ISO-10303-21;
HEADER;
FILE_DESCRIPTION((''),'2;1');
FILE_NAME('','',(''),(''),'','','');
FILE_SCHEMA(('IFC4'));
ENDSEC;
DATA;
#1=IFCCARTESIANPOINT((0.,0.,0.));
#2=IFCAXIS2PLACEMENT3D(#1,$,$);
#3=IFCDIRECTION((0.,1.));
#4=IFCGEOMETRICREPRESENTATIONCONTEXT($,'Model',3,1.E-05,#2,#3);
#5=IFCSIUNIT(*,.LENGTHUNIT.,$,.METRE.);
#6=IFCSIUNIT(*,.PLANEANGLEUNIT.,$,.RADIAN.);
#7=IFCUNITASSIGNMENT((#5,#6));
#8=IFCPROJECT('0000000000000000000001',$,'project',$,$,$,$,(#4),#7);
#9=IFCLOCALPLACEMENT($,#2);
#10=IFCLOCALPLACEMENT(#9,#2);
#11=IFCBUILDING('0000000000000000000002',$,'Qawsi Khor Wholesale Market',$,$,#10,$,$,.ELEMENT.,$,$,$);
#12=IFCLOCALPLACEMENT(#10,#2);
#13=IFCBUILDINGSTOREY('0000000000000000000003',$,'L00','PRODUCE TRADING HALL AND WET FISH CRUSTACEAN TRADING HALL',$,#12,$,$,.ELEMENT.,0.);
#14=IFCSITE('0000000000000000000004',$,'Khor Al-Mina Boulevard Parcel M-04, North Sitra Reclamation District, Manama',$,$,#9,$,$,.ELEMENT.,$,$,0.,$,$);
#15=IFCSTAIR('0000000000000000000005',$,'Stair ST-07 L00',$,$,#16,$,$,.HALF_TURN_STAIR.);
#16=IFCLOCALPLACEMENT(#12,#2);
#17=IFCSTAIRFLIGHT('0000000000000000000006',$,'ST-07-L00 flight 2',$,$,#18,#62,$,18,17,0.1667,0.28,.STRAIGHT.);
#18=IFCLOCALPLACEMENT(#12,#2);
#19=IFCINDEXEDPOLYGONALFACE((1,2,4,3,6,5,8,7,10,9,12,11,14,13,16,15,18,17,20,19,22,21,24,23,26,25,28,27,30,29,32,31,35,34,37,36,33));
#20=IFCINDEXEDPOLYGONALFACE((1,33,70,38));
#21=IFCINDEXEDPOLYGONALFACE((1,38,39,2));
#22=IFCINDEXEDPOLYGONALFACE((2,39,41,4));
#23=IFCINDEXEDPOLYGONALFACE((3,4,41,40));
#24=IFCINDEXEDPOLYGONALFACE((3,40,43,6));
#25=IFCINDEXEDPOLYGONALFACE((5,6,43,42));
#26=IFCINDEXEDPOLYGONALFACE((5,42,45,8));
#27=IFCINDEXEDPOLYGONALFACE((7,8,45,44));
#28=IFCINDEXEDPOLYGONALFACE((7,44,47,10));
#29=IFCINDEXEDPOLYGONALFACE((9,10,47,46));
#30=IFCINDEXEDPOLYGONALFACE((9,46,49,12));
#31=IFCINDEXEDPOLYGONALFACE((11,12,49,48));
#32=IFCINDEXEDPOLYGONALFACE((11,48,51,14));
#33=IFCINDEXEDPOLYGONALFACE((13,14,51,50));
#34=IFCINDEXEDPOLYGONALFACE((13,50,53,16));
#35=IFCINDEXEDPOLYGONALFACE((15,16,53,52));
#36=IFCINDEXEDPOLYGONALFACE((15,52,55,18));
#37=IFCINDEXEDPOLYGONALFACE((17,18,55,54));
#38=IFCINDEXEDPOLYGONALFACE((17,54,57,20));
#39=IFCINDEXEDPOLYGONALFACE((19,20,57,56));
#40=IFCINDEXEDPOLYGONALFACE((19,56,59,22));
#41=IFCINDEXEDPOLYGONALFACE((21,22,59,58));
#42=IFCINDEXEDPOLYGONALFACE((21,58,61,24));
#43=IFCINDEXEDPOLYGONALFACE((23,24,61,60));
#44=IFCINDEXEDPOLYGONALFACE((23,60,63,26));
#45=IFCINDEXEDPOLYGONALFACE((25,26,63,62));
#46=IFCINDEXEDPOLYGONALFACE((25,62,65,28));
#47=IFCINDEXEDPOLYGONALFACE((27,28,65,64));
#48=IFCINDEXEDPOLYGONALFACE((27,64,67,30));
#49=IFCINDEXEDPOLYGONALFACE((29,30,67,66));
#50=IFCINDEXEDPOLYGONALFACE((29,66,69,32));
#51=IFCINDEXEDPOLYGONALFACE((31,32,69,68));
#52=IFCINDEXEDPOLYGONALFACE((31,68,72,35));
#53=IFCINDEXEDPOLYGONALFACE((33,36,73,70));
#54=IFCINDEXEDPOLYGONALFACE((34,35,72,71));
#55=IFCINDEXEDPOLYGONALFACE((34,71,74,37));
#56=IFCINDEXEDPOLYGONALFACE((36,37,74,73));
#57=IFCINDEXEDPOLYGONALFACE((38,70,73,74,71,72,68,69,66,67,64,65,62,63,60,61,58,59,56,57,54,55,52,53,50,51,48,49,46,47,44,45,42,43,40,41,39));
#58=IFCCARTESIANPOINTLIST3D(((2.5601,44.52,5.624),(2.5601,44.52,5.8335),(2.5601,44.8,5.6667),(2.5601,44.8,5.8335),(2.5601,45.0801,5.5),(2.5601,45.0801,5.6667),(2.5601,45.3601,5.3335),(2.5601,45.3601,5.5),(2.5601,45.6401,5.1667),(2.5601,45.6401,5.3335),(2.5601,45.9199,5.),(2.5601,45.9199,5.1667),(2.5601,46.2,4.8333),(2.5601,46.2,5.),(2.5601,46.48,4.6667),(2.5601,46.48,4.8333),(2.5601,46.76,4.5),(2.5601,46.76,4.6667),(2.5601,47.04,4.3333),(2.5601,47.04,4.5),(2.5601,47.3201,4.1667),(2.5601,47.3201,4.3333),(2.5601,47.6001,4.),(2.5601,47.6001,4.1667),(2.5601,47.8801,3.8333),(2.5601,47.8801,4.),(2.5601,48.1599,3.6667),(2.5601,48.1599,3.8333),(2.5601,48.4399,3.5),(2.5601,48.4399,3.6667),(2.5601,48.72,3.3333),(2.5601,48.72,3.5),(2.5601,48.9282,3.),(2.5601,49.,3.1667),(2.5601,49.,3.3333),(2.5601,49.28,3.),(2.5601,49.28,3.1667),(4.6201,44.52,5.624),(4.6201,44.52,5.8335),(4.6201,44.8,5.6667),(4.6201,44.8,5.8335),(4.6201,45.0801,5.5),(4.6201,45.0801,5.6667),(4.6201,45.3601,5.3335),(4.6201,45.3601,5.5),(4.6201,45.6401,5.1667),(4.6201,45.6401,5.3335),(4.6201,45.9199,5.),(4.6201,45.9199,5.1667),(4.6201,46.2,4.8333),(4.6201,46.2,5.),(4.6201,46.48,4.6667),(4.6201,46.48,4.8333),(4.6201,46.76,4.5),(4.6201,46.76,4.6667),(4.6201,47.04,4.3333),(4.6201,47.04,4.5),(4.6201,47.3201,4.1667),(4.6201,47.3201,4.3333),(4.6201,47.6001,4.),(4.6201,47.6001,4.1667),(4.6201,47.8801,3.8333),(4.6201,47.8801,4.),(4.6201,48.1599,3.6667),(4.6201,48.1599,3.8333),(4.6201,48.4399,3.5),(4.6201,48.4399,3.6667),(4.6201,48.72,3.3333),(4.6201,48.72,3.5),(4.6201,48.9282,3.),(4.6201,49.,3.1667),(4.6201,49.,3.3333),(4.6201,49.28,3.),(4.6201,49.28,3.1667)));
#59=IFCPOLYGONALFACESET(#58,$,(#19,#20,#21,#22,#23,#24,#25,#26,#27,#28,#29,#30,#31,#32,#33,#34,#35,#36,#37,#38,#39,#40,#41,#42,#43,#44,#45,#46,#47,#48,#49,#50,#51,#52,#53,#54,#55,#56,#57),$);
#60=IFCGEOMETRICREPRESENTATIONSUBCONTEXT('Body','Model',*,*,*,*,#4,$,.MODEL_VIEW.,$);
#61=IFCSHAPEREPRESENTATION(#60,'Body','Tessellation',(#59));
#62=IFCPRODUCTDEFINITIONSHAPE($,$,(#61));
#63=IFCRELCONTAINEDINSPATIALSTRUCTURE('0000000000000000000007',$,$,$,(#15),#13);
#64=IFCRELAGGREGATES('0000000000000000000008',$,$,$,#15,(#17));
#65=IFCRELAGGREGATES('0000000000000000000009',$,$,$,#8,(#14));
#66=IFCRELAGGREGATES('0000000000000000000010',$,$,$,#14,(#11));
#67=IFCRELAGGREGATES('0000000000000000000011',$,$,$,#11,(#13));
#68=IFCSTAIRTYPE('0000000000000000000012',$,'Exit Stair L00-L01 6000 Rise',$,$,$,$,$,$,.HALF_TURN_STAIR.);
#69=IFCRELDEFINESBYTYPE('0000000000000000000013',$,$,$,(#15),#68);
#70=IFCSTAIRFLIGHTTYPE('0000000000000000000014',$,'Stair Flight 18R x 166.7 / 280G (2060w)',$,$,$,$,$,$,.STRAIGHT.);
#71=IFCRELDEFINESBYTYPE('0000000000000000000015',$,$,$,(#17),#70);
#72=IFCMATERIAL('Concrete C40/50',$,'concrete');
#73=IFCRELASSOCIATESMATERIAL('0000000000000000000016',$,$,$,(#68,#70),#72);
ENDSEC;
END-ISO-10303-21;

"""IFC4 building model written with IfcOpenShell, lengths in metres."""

from ifc_helpers import new_model, si_unit, direction, frame, origin, place, context, subcontext, project, spatial, polyline, outline, extrude, material, type_object, element, aggregate, save


model = new_model("IFC4")

# Units and contexts
model_context = context("Model", 3, precision=1e-05, world=origin(), true_north=direction((0.0, 1.0)))
body_context = subcontext(model_context, "Body", "Model", "MODEL_VIEW")
ifc_project = project(units=[si_unit("LENGTHUNIT", "METRE"), si_unit("PLANEANGLEUNIT", "RADIAN")], contexts=[model_context])

# Site, building, storey
site_placement = place(None, origin())
site = spatial("IfcSite", under=ifc_project, at=site_placement, Name="Khor Al-Mina Boulevard Parcel M-04, North Sitra Reclamation District, Manama", CompositionType="ELEMENT", RefElevation=0.0)
building_placement = place(site_placement, origin())
building = spatial("IfcBuilding", under=site, at=building_placement, Name="Qawsi Khor Wholesale Market", CompositionType="ELEMENT")
storey_placement = place(building_placement, origin())
storey = spatial("IfcBuildingStorey", under=building, at=storey_placement, Name="L00", Description="PRODUCE TRADING HALL AND WET FISH CRUSTACEAN TRADING HALL", CompositionType="ELEMENT", Elevation=0.0)

# Shared definitions
ifc_material_1 = material(Name="Concrete C40/50", Category="concrete")

# Stair, stair flight
stair_type = type_object("IfcStairType", Name="Exit Stair L00-L01 6000 Rise", PredefinedType="HALF_TURN_STAIR", material=ifc_material_1)
stair_placement = place(storey_placement, origin())
stair = element("IfcStair", 1, at=stair_placement, inside=storey, type_object=stair_type, Name="Stair ST-07 L00", PredefinedType="HALF_TURN_STAIR")
stair_flight_type = type_object("IfcStairFlightType", Name="Stair Flight 18R x 166.7 / 280G (2060w)", PredefinedType="STRAIGHT", material=ifc_material_1)
stair_flight_1_placement = place(storey_placement, frame((3.5901, 49.28, 3.0), z_axis=(0.0, 0.0, 1.0), x_axis=(0.0, -1.0, 0.0)))
stair_flight_1 = element("IfcStairFlight", 2, at=stair_flight_1_placement, type_object=stair_flight_type, Name="ST-07-L00 flight 2", NumberOfRisers=18, NumberOfTreads=17, PredefinedType="STRAIGHT", RiserHeight=0.1667, TreadLength=0.28, context=body_context, shape_type="SweptSolid", body=[
    extrude(outline(polyline([(0.0, 0.0), (0.0, 0.1667), (0.28, 0.1667), (0.28, 0.3333), (0.5601, 0.3333), (0.5601, 0.5), (0.8401, 0.5), (0.8401, 0.6667), (1.1201, 0.6667), (1.1201, 0.8333), (1.3999, 0.8333), (1.3999, 1.0), (1.6799, 1.0), (1.6799, 1.1667), (1.96, 1.1667), (1.96, 1.3333), (2.24, 1.3333), (2.24, 1.5), (2.52, 1.5), (2.52, 1.6667), (2.8, 1.6667), (2.8, 1.8333), (3.0801, 1.8333), (3.0801, 2.0), (3.3601, 2.0), (3.3601, 2.1667), (3.6399, 2.1667), (3.6399, 2.3335), (3.9199, 2.3335), (3.9199, 2.5), (4.2, 2.5), (4.2, 2.6667), (4.48, 2.6667), (4.48, 2.8335), (4.76, 2.8335), (4.76, 3.0), (4.76, 2.624), (0.3518, 0.0), (0.0, 0.0)])), frame((0.0, 1.03, 0.0), z_axis=(0.0, -1.0, 0.0), x_axis=(1.0, 0.0, 0.0)), (0.0, 0.0, 1.0), 2.0601),
])
aggregate(stair, [stair_flight_1])

save(model, "model.ifc")
